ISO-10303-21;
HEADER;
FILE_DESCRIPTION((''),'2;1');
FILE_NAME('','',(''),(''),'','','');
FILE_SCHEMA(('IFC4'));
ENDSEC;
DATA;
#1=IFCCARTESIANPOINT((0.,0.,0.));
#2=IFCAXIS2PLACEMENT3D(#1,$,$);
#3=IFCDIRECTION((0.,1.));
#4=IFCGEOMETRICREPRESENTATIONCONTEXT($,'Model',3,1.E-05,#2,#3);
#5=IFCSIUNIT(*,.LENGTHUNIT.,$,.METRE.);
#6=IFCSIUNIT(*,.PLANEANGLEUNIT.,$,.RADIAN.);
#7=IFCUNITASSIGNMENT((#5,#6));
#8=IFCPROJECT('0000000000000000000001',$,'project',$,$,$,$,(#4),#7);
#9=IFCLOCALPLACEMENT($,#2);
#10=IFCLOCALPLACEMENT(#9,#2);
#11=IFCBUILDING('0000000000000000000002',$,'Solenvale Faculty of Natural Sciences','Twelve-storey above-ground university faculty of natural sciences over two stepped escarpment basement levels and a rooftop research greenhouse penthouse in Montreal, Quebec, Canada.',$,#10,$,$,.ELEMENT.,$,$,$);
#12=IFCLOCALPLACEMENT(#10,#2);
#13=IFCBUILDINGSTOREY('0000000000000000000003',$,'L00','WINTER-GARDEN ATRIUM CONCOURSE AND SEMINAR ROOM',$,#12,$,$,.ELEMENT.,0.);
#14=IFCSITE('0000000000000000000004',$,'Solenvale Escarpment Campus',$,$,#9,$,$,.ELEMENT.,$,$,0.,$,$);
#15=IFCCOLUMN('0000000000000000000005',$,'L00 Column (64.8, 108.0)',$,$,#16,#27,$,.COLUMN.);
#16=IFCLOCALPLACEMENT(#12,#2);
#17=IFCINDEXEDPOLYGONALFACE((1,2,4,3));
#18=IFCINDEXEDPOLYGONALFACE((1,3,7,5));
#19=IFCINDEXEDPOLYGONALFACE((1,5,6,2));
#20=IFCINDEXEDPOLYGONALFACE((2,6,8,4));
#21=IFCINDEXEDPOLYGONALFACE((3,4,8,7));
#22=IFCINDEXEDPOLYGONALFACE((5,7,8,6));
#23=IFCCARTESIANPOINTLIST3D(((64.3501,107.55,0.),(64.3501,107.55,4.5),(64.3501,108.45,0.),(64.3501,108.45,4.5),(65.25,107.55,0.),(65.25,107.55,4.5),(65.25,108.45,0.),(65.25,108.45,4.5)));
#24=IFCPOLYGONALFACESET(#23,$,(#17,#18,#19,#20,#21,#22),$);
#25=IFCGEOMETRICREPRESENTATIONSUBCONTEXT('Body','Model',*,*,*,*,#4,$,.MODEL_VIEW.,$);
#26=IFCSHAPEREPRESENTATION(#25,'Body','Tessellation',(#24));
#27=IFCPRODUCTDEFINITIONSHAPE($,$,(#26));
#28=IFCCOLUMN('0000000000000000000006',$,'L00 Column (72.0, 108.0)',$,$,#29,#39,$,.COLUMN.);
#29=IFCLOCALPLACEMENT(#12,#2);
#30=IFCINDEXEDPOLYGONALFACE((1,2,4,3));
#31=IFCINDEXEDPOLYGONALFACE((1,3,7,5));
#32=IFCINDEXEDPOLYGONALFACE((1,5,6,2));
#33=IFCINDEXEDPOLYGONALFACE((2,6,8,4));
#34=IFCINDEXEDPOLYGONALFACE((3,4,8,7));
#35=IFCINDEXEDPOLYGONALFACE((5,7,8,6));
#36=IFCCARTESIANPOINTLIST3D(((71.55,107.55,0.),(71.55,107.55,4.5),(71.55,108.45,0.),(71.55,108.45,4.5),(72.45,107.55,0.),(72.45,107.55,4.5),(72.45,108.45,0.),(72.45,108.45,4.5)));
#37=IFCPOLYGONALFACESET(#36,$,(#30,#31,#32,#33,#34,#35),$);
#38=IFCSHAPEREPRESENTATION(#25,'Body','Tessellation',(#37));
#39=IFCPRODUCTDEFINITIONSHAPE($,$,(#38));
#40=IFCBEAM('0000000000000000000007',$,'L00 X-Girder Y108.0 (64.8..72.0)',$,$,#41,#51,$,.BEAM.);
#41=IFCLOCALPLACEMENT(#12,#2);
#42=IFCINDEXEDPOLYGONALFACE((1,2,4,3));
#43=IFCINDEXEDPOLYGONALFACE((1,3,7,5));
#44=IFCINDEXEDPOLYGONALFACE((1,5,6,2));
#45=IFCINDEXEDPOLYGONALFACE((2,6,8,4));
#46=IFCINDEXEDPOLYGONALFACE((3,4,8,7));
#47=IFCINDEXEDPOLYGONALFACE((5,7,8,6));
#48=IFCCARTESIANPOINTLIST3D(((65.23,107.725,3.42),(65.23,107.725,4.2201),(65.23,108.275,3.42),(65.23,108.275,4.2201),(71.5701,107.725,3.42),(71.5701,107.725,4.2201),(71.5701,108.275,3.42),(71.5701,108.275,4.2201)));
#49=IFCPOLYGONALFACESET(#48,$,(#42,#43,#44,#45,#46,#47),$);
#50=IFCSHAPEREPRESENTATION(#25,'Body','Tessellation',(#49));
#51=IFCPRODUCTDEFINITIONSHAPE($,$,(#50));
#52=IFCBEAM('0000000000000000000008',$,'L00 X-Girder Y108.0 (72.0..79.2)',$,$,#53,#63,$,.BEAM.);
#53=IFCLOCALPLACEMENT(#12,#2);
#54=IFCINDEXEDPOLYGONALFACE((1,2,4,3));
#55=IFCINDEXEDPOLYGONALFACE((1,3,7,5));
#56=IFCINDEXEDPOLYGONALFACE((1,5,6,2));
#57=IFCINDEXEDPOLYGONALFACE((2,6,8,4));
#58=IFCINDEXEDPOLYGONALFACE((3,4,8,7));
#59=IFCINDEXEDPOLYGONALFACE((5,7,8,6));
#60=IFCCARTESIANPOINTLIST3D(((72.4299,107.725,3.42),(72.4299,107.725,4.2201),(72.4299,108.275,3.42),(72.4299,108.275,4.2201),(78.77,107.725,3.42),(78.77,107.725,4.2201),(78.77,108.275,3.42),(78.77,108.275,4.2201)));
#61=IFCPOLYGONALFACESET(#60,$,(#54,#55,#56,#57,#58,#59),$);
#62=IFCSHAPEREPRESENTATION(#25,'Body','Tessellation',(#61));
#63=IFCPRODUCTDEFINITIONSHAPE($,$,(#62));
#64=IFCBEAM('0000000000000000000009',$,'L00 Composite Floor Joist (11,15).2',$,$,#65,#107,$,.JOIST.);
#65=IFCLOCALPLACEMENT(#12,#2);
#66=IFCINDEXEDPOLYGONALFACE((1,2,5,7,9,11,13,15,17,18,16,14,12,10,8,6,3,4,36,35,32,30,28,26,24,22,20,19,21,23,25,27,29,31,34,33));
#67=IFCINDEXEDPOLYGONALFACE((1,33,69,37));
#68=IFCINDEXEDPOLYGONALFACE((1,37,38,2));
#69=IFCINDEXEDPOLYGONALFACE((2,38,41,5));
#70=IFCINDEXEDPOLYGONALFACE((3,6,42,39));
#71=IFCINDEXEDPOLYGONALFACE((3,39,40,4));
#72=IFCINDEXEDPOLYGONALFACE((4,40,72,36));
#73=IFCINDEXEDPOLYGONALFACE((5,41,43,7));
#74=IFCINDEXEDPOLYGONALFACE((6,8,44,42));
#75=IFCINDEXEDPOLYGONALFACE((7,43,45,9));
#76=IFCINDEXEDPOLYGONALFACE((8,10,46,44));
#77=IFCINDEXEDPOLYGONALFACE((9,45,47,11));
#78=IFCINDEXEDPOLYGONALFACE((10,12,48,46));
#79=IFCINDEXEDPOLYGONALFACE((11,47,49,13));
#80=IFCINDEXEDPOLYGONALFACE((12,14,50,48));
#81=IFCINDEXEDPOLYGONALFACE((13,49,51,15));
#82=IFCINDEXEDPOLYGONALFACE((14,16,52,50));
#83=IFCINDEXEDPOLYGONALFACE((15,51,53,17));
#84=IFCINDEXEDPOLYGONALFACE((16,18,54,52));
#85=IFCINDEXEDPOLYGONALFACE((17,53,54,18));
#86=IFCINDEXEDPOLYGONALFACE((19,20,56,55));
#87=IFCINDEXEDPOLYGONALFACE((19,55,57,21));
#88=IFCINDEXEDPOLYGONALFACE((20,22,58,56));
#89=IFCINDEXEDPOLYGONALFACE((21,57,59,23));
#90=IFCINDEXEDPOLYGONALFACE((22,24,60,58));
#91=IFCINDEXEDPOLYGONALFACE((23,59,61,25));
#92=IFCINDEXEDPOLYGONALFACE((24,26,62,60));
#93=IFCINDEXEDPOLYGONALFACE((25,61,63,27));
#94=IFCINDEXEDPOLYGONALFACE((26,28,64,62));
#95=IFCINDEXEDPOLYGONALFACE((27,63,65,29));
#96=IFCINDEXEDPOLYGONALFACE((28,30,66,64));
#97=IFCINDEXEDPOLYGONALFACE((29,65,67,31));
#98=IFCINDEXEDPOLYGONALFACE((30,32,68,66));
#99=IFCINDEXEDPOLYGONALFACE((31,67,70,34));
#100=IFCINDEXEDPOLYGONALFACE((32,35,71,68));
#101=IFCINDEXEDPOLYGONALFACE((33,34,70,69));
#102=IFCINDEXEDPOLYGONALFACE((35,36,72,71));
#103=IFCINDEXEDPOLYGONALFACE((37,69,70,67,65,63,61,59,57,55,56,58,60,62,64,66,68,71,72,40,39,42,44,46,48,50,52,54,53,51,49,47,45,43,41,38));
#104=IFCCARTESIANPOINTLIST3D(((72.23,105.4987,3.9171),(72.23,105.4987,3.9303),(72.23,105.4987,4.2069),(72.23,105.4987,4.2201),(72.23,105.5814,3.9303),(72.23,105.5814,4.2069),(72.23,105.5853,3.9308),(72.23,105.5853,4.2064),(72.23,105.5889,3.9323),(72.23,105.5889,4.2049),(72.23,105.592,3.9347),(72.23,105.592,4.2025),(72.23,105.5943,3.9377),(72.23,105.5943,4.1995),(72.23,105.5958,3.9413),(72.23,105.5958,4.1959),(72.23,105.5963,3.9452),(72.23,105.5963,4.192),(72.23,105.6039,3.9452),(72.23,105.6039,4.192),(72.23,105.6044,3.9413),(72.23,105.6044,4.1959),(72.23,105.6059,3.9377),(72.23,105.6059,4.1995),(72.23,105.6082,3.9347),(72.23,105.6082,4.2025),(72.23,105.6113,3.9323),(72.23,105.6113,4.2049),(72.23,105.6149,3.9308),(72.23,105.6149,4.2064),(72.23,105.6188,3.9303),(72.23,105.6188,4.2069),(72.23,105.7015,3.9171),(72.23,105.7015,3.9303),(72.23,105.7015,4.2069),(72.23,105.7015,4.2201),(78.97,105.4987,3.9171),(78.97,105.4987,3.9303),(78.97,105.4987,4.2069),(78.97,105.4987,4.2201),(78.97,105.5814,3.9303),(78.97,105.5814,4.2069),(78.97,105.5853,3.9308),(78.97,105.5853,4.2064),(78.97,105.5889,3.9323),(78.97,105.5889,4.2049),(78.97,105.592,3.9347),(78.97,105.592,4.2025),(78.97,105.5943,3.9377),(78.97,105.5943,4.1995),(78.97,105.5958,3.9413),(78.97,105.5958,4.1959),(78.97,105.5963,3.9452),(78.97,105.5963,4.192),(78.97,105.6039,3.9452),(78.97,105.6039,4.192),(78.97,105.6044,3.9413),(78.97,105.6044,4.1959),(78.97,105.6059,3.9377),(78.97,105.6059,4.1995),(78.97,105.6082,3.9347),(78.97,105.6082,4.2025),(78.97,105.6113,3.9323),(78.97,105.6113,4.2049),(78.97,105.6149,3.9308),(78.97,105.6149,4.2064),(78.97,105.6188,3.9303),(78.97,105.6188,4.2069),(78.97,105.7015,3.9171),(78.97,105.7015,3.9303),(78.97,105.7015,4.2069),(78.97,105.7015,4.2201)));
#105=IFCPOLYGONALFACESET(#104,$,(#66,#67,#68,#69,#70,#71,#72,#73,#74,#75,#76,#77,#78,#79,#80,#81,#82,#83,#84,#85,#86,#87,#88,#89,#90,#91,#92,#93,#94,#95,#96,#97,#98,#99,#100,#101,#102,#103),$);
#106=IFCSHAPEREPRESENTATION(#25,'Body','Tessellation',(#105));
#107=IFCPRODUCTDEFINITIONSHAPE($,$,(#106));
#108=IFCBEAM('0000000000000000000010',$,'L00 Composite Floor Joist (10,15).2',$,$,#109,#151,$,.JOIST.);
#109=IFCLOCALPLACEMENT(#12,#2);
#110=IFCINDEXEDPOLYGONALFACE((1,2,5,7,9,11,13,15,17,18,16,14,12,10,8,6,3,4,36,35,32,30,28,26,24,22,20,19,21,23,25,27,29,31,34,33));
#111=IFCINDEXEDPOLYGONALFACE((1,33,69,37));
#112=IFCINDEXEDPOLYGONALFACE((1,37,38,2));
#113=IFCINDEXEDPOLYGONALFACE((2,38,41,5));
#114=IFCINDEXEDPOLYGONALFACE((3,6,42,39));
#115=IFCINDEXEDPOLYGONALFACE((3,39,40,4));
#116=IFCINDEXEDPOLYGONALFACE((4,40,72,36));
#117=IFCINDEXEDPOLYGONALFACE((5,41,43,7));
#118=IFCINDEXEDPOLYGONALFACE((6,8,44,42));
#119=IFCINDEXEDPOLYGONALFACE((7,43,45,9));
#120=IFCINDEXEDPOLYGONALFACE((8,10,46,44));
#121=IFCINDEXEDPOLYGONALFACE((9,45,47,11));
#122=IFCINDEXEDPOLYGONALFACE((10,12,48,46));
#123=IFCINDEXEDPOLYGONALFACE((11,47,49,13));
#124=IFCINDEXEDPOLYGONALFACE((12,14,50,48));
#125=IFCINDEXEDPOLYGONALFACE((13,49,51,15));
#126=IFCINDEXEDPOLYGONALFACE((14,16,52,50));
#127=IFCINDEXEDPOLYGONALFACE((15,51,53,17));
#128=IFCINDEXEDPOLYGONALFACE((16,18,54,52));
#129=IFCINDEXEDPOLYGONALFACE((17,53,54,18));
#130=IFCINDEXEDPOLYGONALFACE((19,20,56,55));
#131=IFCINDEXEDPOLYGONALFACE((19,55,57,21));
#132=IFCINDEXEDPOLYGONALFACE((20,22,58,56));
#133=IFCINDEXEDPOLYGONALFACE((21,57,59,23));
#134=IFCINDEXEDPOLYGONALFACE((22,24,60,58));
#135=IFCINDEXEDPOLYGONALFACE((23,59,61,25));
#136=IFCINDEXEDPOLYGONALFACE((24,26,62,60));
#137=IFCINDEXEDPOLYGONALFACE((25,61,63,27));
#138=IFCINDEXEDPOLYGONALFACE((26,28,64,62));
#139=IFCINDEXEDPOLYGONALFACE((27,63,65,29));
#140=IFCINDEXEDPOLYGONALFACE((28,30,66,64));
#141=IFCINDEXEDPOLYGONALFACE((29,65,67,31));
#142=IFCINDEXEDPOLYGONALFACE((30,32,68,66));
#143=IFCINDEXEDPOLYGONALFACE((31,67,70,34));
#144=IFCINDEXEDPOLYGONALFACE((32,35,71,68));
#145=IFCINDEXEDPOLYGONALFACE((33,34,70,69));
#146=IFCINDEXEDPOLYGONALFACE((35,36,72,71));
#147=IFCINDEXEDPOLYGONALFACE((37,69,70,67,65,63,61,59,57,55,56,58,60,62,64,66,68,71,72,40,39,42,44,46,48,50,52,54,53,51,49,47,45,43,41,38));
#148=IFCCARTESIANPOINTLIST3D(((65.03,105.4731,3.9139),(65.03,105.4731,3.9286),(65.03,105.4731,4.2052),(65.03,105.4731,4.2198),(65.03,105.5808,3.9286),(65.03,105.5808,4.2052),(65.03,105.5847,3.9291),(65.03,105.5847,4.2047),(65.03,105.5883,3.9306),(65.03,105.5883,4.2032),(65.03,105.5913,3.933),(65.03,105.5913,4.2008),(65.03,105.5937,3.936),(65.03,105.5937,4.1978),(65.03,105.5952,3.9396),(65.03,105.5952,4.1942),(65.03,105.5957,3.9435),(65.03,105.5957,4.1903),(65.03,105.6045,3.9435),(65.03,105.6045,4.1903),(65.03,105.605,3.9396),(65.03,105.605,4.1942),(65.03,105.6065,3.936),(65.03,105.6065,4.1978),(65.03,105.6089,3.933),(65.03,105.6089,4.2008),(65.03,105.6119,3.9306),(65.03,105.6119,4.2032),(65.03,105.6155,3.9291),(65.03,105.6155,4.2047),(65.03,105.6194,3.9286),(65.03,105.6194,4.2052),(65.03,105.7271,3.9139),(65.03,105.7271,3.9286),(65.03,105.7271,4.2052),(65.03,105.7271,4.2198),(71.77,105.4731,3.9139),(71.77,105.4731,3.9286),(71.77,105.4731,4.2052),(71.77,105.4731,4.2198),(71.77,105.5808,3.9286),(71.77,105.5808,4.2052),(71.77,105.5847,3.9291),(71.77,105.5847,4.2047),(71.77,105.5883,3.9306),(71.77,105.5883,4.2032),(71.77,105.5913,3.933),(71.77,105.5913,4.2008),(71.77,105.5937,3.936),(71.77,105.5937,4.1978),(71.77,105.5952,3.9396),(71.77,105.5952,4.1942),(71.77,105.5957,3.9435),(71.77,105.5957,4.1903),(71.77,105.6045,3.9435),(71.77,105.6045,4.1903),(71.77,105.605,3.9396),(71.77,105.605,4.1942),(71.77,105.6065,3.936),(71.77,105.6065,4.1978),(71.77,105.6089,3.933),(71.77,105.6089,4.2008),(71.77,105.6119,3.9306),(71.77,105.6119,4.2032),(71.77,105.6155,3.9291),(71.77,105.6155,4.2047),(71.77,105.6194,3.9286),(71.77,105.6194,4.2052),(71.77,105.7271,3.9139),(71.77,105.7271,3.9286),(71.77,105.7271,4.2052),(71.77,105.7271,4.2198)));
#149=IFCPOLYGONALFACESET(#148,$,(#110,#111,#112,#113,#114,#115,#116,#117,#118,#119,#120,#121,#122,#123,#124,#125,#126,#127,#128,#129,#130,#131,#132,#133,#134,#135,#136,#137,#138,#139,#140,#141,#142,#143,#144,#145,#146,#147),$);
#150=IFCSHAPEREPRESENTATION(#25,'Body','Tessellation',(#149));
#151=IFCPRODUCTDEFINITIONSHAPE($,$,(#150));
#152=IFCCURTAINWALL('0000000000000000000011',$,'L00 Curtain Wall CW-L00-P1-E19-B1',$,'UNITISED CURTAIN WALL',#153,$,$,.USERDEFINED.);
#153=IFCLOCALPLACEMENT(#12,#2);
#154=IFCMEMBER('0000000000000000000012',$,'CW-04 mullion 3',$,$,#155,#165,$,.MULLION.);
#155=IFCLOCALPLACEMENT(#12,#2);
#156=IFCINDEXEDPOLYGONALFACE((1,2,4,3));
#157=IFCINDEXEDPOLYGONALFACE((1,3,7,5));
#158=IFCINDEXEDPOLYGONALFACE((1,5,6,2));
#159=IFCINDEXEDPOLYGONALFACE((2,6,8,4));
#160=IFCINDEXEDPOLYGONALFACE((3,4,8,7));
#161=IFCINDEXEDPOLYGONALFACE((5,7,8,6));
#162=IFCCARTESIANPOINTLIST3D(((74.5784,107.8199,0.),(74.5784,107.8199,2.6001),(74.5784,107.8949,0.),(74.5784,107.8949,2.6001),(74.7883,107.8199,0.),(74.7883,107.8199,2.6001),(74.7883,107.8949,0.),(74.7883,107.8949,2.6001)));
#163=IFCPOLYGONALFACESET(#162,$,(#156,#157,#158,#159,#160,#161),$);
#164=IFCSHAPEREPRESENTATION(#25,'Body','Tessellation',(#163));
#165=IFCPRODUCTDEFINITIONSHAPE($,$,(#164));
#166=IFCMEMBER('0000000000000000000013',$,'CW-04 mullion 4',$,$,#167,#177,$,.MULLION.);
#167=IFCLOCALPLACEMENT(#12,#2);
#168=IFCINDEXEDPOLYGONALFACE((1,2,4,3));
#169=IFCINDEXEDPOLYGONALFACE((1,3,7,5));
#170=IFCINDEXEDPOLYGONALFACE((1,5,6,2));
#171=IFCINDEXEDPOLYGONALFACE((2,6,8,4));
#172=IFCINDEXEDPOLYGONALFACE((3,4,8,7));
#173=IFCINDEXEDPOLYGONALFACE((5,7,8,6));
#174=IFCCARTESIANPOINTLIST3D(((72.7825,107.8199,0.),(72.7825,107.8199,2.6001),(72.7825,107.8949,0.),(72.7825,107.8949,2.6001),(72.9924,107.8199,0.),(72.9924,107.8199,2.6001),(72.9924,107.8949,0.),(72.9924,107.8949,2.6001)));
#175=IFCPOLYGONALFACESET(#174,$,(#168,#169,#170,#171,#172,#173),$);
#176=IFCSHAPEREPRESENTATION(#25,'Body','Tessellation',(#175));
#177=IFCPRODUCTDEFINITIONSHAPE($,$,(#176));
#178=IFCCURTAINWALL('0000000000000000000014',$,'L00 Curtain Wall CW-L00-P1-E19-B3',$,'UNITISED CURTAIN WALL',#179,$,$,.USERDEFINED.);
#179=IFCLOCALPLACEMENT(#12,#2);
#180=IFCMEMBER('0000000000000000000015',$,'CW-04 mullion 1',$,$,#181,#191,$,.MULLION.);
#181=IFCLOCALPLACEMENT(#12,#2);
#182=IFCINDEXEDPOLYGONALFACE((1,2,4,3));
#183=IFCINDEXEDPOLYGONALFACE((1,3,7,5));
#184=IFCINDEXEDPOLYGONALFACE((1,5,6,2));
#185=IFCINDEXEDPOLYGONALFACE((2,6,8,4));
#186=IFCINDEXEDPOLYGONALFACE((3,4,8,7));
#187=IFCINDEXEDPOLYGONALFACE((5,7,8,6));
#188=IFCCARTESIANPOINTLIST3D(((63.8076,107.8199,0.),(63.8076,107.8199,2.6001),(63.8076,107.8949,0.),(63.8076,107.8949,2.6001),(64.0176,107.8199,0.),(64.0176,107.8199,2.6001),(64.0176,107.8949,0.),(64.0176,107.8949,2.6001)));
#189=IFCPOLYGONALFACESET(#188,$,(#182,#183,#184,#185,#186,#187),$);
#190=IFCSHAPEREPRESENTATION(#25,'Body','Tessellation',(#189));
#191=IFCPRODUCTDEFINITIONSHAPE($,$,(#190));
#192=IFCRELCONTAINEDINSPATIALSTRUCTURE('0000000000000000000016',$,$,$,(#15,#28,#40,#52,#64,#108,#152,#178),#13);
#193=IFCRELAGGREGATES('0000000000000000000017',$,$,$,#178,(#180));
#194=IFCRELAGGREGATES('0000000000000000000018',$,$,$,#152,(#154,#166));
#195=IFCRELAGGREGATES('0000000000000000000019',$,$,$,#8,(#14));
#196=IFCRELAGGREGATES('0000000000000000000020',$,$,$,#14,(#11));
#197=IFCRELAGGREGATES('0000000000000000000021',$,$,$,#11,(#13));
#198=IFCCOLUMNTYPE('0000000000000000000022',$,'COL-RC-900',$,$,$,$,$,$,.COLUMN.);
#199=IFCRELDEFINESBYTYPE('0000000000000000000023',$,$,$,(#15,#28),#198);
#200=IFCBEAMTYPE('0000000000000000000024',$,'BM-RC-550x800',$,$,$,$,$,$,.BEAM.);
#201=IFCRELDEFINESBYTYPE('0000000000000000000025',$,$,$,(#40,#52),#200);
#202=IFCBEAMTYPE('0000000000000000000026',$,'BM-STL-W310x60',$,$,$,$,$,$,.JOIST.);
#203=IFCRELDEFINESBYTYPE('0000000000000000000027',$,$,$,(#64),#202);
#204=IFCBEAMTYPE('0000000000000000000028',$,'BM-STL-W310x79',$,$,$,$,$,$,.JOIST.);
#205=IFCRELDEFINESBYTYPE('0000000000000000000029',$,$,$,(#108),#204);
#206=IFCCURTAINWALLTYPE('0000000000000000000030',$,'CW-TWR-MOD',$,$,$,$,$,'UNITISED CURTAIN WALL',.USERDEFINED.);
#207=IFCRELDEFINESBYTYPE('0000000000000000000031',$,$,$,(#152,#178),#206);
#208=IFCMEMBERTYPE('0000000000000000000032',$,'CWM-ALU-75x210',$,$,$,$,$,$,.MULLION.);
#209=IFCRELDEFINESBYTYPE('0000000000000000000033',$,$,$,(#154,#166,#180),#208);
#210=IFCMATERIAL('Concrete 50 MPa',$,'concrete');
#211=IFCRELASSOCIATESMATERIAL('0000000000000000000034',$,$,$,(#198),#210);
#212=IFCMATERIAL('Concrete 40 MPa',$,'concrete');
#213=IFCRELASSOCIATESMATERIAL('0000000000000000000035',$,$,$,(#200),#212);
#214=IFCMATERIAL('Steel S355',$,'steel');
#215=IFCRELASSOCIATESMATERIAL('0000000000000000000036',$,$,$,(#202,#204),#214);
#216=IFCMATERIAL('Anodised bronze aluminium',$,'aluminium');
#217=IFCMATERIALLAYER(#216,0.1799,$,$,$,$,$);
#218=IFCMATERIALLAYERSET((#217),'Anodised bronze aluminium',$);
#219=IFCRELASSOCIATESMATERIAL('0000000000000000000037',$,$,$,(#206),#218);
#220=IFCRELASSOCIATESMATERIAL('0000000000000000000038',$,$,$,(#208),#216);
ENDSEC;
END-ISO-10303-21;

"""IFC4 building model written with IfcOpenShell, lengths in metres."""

from ifc_helpers import new_model, si_unit, direction, frame, origin, origin_2d, place, context, subcontext, project, spatial, rectangle, i_section, extrude, material, layer, layer_set, material_profile, profile_set, type_object, element, aggregate, save


model = new_model("IFC4")

# Units and contexts
model_context = context("Model", 3, precision=1e-05, world=origin(), true_north=direction((0.0, 1.0)))
body_context = subcontext(model_context, "Body", "Model", "MODEL_VIEW")
ifc_project = project(units=[si_unit("LENGTHUNIT", "METRE"), si_unit("PLANEANGLEUNIT", "RADIAN")], contexts=[model_context])

# Site, building, storey
site_placement = place(None, origin())
site = spatial("IfcSite", under=ifc_project, at=site_placement, Name="Solenvale Escarpment Campus", CompositionType="ELEMENT", RefElevation=0.0)
building_placement = place(site_placement, origin())
building = spatial("IfcBuilding", under=site, at=building_placement, Name="Solenvale Faculty of Natural Sciences", Description="Twelve-storey above-ground university faculty of natural sciences over two stepped escarpment basement levels and a rooftop research greenhouse penthouse in Montreal, Quebec, Canada.", CompositionType="ELEMENT")
storey_placement = place(building_placement, origin())
storey = spatial("IfcBuildingStorey", under=building, at=storey_placement, Name="L00", Description="WINTER-GARDEN ATRIUM CONCOURSE AND SEMINAR ROOM", CompositionType="ELEMENT", Elevation=0.0)

# Columns
ifc_material_1 = material(Name="Concrete 50 MPa", Category="concrete")
ifc_material_profile_1 = material_profile(ifc_material_1, rectangle(XDim=0.8999, YDim=0.8999, at=origin_2d()), Name="RC-COL-900x900")
ifc_profile_set_1 = profile_set([ifc_material_profile_1], Name="Concrete 50 MPa")
column_type = type_object("IfcColumnType", Name="COL-RC-900", PredefinedType="COLUMN", material=ifc_profile_set_1)
for number, where, z_axis, x_axis, name in (
    (1, (64.8, 108.0, 0.0), (0.0, 0.0, 1.0), (1.0, 0.0, 0.0), "L00 Column (64.8, 108.0)"),
    (2, (72.0, 108.0, 0.0), (0.0, 0.0, 1.0), (1.0, 0.0, 0.0), "L00 Column (72.0, 108.0)"),
):
    element("IfcColumn", number, at=place(storey_placement, frame(where, z_axis=z_axis, x_axis=x_axis)), inside=storey, type_object=column_type, Name=name, PredefinedType="COLUMN", context=body_context, shape_type="SweptSolid", body=[
        extrude(rectangle(XDim=0.8999, YDim=0.8999, at=origin_2d()), origin(), (0.0, 0.0, 1.0), 4.5),
    ])

# Beams
ifc_material_2 = material(Name="Concrete 40 MPa", Category="concrete")
ifc_material_profile_2 = material_profile(ifc_material_2, rectangle(XDim=0.55, YDim=0.8, at=origin_2d()), Name="RC-BM-550x800")
ifc_profile_set_2 = profile_set([ifc_material_profile_2], Name="Concrete 40 MPa")
beam_type_1 = type_object("IfcBeamType", Name="BM-RC-550x800", PredefinedType="BEAM", material=ifc_profile_set_2)
for number, where, z_axis, x_axis, name in (
    (3, (65.23, 108.0, 3.8201), (1.0, 0.0, 0.0), (0.0, 1.0, 0.0), "L00 X-Girder Y108.0 (64.8..72.0)"),
    (4, (72.4299, 108.0, 3.8201), (1.0, 0.0, 0.0), (0.0, 1.0, 0.0), "L00 X-Girder Y108.0 (72.0..79.2)"),
):
    element("IfcBeam", number, at=place(storey_placement, frame(where, z_axis=z_axis, x_axis=x_axis)), inside=storey, type_object=beam_type_1, Name=name, PredefinedType="BEAM", context=body_context, shape_type="SweptSolid", body=[
        extrude(rectangle(XDim=0.55, YDim=0.8, at=origin_2d()), origin(), (0.0, 0.0, 1.0), 6.3401),
    ])
ifc_material_3 = material(Name="Steel S355", Category="steel")
ifc_material_profile_3 = material_profile(ifc_material_3, i_section(OverallWidth=0.2029, OverallDepth=0.303, WebThickness=0.0076, FlangeThickness=0.0132, FilletRadius=0.0149, at=origin_2d()), Name="W310x60")
ifc_profile_set_3 = profile_set([ifc_material_profile_3], Name="Steel S355")
beam_type_2 = type_object("IfcBeamType", Name="BM-STL-W310x60", PredefinedType="JOIST", material=ifc_profile_set_3)
beam_1_placement = place(storey_placement, frame((72.23, 105.6001, 4.0686), z_axis=(1.0, 0.0, 0.0), x_axis=(0.0, 1.0, 0.0)))
element("IfcBeam", 5, at=beam_1_placement, inside=storey, type_object=beam_type_2, Name="L00 Composite Floor Joist (11,15).2", PredefinedType="JOIST", context=body_context, shape_type="SweptSolid", body=[
    extrude(i_section(OverallWidth=0.2029, OverallDepth=0.303, WebThickness=0.0076, FlangeThickness=0.0132, FilletRadius=0.0149, at=origin_2d()), origin(), (0.0, 0.0, 1.0), 6.74),
])
ifc_material_profile_4 = material_profile(ifc_material_3, i_section(OverallWidth=0.2539, OverallDepth=0.3059, WebThickness=0.0088, FlangeThickness=0.0146, FilletRadius=0.0149, at=origin_2d()), Name="W310x79")
ifc_profile_set_4 = profile_set([ifc_material_profile_4], Name="Steel S355")
beam_type_3 = type_object("IfcBeamType", Name="BM-STL-W310x79", PredefinedType="JOIST", material=ifc_profile_set_4)
beam_2_placement = place(storey_placement, frame((65.03, 105.6001, 4.0669), z_axis=(1.0, 0.0, 0.0), x_axis=(0.0, 1.0, 0.0)))
element("IfcBeam", 6, at=beam_2_placement, inside=storey, type_object=beam_type_3, Name="L00 Composite Floor Joist (10,15).2", PredefinedType="JOIST", context=body_context, shape_type="SweptSolid", body=[
    extrude(i_section(OverallWidth=0.2539, OverallDepth=0.3059, WebThickness=0.0088, FlangeThickness=0.0146, FilletRadius=0.0149, at=origin_2d()), origin(), (0.0, 0.0, 1.0), 6.74),
])

# Curtain wall, members
ifc_material_4 = material(Name="Anodised bronze aluminium", Category="aluminium")
ifc_layer_1 = layer(ifc_material_4, 0.1799)
ifc_layer_set_1 = layer_set([ifc_layer_1], Name="Anodised bronze aluminium")
curtain_wall_type = type_object("IfcCurtainWallType", Name="CW-TWR-MOD", ElementType="UNITISED CURTAIN WALL", PredefinedType="USERDEFINED", material=ifc_layer_set_1)
curtain_wall_1_placement = place(storey_placement, origin())
curtain_wall_1 = element("IfcCurtainWall", 7, at=curtain_wall_1_placement, inside=storey, type_object=curtain_wall_type, Name="L00 Curtain Wall CW-L00-P1-E19-B1", ObjectType="UNITISED CURTAIN WALL", PredefinedType="USERDEFINED")
ifc_material_profile_5 = material_profile(ifc_material_4, rectangle(XDim=0.075, YDim=0.21, at=origin_2d()), Name="ALU-MUL-75x210")
ifc_profile_set_5 = profile_set([ifc_material_profile_5], Name="Anodised bronze aluminium")
member_type_1 = type_object("IfcMemberType", Name="CWM-ALU-75x210", PredefinedType="MULLION", material=ifc_profile_set_5)
member_1_placement = place(storey_placement, frame((74.6833, 107.8574, 0.0), z_axis=(0.0, 0.0, 1.0), x_axis=(0.0, -1.0, 0.0)))
member_1 = element("IfcMember", 8, at=member_1_placement, type_object=member_type_1, Name="CW-04 mullion 3", PredefinedType="MULLION", context=body_context, shape_type="SweptSolid", body=[
    extrude(rectangle(XDim=0.075, YDim=0.21, at=origin_2d()), origin(), (0.0, 0.0, 1.0), 2.6001),
])
member_2_placement = place(storey_placement, frame((72.8875, 107.8574, 0.0), z_axis=(0.0, 0.0, 1.0), x_axis=(0.0, -1.0, 0.0)))
member_2 = element("IfcMember", 9, at=member_2_placement, type_object=member_type_1, Name="CW-04 mullion 4", PredefinedType="MULLION", context=body_context, shape_type="SweptSolid", body=[
    extrude(rectangle(XDim=0.075, YDim=0.21, at=origin_2d()), origin(), (0.0, 0.0, 1.0), 2.6001),
])

# Curtain wall, member
curtain_wall_2_placement = place(storey_placement, origin())
curtain_wall_2 = element("IfcCurtainWall", 10, at=curtain_wall_2_placement, inside=storey, type_object=curtain_wall_type, Name="L00 Curtain Wall CW-L00-P1-E19-B3", ObjectType="UNITISED CURTAIN WALL", PredefinedType="USERDEFINED")
member_3_placement = place(storey_placement, frame((63.9126, 107.8574, 0.0), z_axis=(0.0, 0.0, 1.0), x_axis=(0.0, -1.0, 0.0)))
member_3 = element("IfcMember", 11, at=member_3_placement, type_object=member_type_1, Name="CW-04 mullion 1", PredefinedType="MULLION", context=body_context, shape_type="SweptSolid", body=[
    extrude(rectangle(XDim=0.075, YDim=0.21, at=origin_2d()), origin(), (0.0, 0.0, 1.0), 2.6001),
])

aggregate(curtain_wall_2, [member_3])

aggregate(curtain_wall_1, [member_1, member_2])

save(model, "model.ifc")
